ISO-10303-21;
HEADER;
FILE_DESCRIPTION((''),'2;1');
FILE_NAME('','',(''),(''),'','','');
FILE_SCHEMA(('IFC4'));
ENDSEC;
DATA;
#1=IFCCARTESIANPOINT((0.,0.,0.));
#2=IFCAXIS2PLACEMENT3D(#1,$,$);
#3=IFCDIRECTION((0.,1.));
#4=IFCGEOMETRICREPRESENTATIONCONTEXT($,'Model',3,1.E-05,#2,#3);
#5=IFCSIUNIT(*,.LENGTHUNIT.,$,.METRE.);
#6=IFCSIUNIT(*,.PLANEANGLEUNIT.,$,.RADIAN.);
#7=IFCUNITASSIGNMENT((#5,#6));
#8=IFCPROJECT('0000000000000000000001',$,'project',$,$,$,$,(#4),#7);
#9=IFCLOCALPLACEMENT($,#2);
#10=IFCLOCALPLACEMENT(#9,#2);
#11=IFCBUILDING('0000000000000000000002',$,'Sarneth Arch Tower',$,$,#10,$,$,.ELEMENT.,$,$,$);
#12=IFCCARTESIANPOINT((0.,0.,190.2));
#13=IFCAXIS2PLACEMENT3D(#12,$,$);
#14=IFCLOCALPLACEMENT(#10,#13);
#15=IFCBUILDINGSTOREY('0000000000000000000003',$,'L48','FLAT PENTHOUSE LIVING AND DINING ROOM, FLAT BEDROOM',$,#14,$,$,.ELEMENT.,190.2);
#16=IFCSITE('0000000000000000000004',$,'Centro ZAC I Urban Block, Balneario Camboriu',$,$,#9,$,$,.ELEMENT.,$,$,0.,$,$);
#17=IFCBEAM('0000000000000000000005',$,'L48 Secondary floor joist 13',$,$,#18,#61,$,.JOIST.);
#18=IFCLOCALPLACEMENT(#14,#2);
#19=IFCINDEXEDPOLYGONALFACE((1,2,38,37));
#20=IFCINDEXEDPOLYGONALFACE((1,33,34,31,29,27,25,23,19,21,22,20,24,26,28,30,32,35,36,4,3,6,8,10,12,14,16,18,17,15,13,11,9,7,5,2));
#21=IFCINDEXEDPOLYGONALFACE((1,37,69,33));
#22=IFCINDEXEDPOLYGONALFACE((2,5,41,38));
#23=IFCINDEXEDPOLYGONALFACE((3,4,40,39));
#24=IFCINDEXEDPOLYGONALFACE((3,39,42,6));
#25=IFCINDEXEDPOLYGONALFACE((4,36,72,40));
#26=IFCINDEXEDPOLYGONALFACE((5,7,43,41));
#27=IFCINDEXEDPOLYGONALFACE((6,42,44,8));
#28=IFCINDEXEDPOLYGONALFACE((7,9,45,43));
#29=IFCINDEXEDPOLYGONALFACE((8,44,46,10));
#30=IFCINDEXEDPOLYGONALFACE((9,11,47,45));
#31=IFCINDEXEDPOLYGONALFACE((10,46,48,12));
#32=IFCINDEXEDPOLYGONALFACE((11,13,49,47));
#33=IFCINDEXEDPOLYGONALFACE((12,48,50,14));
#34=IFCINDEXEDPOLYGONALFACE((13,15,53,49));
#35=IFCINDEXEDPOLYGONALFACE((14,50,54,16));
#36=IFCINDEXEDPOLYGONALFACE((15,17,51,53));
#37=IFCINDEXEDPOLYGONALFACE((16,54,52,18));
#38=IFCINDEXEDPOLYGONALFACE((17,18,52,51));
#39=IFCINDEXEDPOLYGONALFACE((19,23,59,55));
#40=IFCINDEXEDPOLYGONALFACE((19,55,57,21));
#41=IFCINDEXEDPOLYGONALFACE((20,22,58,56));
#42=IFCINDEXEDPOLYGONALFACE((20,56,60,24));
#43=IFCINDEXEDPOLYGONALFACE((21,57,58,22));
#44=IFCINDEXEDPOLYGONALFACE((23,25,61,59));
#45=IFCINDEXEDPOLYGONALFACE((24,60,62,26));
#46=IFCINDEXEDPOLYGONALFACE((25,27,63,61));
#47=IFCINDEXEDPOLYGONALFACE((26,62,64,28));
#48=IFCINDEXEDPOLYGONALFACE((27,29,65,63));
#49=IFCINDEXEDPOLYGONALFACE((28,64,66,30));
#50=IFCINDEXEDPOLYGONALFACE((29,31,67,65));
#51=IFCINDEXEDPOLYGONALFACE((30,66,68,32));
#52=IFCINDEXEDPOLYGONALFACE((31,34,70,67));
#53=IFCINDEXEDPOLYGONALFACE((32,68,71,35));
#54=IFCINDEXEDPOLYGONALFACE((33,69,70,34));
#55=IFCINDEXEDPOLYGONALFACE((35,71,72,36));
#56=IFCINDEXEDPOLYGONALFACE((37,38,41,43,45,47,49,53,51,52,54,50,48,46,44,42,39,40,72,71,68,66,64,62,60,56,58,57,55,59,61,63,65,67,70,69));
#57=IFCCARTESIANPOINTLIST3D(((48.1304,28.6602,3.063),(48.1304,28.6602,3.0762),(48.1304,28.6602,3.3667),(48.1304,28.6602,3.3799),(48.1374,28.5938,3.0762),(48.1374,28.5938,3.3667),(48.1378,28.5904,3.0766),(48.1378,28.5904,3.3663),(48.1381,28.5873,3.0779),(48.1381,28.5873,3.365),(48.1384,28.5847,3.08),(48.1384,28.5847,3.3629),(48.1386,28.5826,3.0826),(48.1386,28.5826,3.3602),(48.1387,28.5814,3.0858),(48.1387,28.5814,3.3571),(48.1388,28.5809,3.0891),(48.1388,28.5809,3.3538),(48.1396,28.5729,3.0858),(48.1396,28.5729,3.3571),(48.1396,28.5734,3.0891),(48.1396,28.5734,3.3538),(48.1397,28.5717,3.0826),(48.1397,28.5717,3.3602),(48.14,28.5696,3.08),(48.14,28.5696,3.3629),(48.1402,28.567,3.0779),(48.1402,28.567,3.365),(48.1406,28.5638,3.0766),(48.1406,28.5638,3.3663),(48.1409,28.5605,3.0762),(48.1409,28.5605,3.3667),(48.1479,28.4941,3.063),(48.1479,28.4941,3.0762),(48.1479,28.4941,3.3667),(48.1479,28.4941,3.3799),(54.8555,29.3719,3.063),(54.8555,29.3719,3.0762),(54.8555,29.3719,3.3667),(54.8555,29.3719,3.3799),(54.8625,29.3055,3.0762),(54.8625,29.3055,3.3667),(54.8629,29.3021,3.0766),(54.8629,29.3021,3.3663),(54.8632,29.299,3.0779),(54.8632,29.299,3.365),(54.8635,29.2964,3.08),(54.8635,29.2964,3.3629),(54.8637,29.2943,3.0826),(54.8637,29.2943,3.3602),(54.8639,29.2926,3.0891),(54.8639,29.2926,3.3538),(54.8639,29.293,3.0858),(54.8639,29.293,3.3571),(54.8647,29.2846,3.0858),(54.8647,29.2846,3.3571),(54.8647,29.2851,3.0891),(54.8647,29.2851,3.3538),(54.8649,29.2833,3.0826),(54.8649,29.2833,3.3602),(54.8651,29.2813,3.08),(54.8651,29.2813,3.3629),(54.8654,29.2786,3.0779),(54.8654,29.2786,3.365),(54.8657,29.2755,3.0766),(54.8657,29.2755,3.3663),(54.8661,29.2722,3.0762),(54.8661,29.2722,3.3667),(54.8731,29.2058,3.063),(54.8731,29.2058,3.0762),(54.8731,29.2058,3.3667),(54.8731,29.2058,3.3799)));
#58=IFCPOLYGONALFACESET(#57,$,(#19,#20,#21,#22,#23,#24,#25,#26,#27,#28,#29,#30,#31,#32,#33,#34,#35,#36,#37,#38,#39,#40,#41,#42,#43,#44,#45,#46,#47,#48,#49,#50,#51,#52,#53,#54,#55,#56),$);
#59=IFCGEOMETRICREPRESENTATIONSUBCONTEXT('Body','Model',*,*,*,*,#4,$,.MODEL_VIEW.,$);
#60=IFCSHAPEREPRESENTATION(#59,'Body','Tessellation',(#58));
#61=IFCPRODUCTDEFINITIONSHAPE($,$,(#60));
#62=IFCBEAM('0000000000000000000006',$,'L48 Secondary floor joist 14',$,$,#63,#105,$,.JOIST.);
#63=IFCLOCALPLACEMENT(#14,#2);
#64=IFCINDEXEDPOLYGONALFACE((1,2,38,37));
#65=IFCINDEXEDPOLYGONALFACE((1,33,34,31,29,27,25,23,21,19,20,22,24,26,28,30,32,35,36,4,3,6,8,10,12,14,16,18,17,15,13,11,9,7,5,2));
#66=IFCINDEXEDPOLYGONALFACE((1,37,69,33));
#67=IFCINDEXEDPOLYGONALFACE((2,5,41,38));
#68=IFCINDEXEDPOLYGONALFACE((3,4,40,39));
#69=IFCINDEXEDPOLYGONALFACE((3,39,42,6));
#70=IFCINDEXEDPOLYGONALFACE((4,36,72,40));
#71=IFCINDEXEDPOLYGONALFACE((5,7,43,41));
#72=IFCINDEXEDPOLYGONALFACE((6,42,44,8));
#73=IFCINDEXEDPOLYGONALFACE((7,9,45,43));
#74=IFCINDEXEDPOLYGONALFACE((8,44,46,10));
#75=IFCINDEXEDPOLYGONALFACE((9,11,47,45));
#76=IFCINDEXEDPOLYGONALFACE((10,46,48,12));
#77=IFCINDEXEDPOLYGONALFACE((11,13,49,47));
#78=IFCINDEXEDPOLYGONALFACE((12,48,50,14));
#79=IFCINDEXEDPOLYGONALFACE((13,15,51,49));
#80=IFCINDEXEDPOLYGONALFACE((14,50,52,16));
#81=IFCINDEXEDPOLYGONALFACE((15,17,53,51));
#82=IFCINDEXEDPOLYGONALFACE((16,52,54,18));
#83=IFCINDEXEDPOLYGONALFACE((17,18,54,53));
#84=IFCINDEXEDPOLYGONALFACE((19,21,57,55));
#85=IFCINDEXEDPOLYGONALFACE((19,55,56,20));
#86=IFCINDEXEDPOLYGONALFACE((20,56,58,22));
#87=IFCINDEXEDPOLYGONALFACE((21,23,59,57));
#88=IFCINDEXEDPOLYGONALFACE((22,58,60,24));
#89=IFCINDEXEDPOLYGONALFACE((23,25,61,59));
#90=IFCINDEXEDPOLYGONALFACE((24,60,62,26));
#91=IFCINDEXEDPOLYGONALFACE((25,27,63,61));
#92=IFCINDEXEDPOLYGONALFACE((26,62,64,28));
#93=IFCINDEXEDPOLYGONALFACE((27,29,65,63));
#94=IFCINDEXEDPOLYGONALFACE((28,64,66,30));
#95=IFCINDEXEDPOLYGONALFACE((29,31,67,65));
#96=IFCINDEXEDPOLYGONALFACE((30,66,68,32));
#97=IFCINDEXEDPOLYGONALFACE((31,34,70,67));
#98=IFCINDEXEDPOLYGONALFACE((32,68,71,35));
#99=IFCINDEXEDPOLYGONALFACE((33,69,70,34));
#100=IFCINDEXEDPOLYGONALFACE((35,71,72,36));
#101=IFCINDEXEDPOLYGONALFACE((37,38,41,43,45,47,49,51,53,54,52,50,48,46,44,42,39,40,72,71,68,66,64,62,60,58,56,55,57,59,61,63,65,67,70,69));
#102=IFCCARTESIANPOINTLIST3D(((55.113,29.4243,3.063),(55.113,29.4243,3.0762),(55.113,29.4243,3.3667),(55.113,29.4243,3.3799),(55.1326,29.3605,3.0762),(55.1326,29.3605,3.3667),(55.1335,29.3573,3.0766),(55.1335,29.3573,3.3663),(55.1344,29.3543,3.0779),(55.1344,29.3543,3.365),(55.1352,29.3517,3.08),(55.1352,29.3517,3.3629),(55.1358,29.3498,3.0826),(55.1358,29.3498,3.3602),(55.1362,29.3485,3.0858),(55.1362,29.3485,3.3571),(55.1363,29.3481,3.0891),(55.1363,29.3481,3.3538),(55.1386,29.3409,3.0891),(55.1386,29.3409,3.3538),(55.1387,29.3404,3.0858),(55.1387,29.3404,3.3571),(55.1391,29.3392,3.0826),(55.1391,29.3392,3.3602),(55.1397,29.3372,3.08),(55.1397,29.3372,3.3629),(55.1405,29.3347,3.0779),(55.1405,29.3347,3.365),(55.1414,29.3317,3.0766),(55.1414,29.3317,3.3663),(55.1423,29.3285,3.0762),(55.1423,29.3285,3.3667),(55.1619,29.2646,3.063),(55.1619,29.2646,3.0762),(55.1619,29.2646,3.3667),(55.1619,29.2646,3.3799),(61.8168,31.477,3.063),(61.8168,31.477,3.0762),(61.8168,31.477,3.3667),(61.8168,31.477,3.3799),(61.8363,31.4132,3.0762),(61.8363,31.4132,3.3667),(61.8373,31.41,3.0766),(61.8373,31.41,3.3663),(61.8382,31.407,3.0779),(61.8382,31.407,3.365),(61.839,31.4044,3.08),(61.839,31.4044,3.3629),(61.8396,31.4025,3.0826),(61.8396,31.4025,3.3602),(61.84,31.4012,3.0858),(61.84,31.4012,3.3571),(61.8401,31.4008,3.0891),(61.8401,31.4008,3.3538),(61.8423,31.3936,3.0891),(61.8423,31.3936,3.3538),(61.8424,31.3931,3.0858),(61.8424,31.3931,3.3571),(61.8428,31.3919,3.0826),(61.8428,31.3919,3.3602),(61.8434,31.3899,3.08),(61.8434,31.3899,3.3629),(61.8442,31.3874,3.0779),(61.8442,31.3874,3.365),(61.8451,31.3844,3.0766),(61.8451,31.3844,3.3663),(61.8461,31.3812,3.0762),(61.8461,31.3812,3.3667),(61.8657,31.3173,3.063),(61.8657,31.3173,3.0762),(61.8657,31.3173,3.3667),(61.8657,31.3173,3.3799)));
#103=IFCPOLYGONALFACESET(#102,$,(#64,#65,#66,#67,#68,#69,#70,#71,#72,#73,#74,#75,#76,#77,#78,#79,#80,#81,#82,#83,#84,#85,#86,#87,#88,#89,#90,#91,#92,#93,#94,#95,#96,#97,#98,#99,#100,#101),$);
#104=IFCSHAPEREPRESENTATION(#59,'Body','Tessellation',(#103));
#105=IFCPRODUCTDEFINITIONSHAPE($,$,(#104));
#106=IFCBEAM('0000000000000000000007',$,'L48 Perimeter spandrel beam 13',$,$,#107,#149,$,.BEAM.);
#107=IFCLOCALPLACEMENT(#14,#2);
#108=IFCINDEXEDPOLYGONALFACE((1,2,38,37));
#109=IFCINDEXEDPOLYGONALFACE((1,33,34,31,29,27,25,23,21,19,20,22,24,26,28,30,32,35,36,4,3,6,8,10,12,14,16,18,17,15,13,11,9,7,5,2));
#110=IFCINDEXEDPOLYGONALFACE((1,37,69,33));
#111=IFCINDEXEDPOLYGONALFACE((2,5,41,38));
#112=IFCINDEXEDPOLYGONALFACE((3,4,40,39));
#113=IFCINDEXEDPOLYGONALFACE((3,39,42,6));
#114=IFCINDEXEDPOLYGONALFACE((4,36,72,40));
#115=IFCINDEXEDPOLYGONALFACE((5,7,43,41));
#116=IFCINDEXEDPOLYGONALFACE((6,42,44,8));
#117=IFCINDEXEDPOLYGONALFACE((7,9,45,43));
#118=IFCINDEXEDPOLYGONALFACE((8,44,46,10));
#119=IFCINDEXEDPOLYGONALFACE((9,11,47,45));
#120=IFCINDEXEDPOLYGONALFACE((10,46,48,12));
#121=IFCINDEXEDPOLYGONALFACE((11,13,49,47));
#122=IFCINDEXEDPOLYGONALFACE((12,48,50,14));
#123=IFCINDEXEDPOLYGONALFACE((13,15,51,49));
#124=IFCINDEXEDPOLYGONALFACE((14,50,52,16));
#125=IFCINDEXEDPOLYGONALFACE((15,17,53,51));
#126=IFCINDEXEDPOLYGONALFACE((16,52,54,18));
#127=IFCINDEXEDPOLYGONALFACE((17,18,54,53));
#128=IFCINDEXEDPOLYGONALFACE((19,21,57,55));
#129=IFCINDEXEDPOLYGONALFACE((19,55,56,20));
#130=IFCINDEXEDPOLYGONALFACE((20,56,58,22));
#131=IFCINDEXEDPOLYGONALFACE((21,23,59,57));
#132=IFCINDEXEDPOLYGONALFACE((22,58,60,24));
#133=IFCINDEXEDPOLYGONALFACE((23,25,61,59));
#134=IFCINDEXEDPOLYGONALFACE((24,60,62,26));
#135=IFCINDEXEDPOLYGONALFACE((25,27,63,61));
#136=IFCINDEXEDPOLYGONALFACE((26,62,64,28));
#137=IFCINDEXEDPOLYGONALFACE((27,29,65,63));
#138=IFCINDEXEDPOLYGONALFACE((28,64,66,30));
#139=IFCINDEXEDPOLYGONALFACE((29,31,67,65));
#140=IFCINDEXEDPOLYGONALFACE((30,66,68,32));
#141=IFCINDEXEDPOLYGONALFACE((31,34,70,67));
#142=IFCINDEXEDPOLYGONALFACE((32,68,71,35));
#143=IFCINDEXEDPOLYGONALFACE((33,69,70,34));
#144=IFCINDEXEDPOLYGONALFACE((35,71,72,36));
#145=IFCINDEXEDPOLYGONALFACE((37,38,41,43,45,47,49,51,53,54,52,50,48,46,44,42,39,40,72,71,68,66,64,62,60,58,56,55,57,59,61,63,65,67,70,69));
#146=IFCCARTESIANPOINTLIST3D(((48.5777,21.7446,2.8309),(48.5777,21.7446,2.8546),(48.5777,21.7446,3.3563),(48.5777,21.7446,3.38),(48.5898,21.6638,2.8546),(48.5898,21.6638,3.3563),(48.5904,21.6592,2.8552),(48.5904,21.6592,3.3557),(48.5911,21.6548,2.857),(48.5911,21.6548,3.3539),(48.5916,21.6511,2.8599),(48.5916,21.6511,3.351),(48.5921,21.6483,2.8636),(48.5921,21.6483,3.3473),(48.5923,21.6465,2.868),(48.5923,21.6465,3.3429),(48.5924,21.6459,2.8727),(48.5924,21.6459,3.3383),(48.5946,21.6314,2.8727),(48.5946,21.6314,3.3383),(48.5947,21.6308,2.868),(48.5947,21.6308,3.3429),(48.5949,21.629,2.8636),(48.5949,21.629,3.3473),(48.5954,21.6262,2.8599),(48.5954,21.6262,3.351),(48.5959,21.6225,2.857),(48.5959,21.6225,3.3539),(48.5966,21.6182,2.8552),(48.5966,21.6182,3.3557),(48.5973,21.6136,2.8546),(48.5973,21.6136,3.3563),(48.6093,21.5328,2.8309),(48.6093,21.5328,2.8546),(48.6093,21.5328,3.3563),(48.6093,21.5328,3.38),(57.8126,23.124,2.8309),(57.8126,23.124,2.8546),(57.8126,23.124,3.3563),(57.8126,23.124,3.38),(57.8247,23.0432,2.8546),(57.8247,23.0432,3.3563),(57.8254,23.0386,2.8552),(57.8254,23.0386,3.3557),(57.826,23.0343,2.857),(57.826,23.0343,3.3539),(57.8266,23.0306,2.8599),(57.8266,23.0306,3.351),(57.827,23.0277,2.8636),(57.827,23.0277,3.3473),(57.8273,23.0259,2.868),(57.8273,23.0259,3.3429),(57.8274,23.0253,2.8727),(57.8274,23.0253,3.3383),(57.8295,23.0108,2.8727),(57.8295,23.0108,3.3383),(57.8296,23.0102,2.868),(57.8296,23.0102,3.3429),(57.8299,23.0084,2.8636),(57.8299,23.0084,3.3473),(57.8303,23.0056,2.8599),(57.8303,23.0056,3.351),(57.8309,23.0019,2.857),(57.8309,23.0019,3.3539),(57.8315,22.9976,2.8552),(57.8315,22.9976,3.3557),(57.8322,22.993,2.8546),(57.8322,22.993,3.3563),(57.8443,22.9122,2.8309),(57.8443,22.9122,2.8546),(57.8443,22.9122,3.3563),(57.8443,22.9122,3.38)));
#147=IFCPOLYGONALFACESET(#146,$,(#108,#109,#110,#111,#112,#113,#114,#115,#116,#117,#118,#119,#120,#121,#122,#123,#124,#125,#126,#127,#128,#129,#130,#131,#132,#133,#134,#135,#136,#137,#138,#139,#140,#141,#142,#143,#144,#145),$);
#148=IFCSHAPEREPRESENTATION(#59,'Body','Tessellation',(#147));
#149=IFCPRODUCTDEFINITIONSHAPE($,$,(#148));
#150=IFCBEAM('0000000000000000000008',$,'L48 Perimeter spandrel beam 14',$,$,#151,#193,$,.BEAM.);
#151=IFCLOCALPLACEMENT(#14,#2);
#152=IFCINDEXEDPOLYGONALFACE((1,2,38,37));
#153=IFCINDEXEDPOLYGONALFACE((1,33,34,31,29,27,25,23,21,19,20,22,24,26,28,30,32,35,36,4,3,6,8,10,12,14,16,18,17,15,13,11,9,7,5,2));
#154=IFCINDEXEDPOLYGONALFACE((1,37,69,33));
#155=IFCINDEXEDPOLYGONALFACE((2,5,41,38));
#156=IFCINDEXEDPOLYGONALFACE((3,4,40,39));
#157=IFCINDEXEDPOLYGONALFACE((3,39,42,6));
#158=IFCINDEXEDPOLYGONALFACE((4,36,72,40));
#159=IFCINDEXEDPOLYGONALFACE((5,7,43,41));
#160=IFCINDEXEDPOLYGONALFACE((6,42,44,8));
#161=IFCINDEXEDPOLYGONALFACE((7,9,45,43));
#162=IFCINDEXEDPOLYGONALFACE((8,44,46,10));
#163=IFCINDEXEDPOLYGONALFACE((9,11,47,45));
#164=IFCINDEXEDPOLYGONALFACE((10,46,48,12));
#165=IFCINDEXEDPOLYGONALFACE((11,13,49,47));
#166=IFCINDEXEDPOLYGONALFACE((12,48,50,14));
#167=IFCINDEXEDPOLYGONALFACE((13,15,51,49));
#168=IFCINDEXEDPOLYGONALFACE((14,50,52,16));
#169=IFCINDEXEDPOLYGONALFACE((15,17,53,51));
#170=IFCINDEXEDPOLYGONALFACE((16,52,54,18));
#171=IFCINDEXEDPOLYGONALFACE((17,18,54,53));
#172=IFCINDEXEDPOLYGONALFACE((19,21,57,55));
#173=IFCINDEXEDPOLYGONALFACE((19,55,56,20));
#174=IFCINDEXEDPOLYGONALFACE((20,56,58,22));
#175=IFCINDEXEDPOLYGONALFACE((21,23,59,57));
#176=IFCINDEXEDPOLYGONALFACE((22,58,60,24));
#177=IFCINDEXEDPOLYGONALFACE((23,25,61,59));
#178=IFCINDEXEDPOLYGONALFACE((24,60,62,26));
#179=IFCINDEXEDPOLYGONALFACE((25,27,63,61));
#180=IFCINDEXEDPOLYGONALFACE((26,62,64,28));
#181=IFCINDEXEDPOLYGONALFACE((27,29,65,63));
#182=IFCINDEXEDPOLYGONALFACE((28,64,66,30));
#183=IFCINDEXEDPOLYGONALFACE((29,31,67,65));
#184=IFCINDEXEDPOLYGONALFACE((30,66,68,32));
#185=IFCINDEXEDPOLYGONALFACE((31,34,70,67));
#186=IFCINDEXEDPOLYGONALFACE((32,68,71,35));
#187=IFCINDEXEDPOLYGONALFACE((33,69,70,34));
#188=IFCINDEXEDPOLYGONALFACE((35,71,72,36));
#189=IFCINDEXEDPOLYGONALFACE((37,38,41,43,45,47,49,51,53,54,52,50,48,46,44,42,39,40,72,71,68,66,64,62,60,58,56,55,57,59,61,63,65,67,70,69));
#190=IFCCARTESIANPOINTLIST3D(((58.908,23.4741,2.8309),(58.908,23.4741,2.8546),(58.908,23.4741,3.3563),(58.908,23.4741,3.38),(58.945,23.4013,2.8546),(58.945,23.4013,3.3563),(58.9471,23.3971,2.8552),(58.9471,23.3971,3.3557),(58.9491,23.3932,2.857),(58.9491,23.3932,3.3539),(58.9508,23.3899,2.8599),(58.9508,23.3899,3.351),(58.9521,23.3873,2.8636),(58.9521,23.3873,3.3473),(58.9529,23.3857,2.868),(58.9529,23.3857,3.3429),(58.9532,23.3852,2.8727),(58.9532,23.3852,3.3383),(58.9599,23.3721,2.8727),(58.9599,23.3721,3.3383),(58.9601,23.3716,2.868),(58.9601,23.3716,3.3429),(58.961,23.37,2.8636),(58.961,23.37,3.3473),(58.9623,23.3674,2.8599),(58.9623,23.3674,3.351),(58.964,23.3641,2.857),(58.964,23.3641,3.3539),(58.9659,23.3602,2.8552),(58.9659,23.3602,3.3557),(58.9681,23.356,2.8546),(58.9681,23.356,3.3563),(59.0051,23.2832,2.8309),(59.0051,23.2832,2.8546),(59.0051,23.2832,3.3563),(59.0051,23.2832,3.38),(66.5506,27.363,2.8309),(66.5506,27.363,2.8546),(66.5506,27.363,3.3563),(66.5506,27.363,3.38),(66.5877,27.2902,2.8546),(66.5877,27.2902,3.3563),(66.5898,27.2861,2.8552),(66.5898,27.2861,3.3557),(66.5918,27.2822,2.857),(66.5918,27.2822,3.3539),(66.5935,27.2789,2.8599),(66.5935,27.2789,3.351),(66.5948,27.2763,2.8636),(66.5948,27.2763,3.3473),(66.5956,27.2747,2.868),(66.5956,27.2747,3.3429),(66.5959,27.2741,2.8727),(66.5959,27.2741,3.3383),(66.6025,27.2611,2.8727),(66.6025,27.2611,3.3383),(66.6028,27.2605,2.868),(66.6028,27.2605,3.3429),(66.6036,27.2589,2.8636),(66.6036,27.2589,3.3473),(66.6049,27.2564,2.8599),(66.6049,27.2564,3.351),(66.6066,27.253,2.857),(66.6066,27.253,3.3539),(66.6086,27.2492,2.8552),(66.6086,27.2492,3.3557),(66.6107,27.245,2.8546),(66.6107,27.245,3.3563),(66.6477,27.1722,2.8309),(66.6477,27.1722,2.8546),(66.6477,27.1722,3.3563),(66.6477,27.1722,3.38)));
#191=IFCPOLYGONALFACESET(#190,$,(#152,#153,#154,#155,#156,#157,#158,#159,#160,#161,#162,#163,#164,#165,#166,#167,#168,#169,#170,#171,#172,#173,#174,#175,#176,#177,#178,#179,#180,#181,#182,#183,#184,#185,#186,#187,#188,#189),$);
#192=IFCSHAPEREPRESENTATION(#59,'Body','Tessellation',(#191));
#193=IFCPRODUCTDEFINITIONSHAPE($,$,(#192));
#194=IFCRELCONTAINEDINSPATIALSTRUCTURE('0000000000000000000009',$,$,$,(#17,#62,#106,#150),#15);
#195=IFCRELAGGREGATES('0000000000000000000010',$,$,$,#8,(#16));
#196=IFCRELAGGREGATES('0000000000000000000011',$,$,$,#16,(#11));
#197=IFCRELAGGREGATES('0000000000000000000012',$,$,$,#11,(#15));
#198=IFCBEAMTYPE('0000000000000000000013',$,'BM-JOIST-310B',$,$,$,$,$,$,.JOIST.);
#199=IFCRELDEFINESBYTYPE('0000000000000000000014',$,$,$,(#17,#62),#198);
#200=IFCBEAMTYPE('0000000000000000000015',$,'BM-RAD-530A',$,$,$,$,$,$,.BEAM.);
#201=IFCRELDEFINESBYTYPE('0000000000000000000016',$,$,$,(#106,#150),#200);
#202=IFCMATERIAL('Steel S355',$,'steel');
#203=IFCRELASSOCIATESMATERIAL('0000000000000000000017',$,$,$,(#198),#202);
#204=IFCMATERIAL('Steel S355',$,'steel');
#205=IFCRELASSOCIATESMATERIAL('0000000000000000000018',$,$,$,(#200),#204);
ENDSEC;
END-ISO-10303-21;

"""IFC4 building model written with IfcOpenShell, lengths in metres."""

from ifc_helpers import new_model, si_unit, direction, frame, origin, origin_2d, place, context, subcontext, project, spatial, i_section, extrude, material, material_profile, profile_set, type_object, element, save


model = new_model("IFC4")

# Units and contexts
model_context = context("Model", 3, precision=1e-05, world=origin(), true_north=direction((0.0, 1.0)))
body_context = subcontext(model_context, "Body", "Model", "MODEL_VIEW")
ifc_project = project(units=[si_unit("LENGTHUNIT", "METRE"), si_unit("PLANEANGLEUNIT", "RADIAN")], contexts=[model_context])

# Site, building, storey
site_placement = place(None, origin())
site = spatial("IfcSite", under=ifc_project, at=site_placement, Name="Centro ZAC I Urban Block, Balneario Camboriu", CompositionType="ELEMENT", RefElevation=0.0)
building_placement = place(site_placement, origin())
building = spatial("IfcBuilding", under=site, at=building_placement, Name="Sarneth Arch Tower", CompositionType="ELEMENT")
storey_placement = place(building_placement, frame((0.0, 0.0, 190.2)))
storey = spatial("IfcBuildingStorey", under=building, at=storey_placement, Name="L48", Description="FLAT PENTHOUSE LIVING AND DINING ROOM, FLAT BEDROOM", CompositionType="ELEMENT", Elevation=190.2)

# Beams
ifc_material_1 = material(Name="Steel S355", Category="steel")
ifc_material_profile_1 = material_profile(ifc_material_1, i_section(OverallWidth=0.167, OverallDepth=0.3169, WebThickness=0.0076, FlangeThickness=0.0132, FilletRadius=0.0129, at=origin_2d()), Name="W310x52")
ifc_profile_set_1 = profile_set([ifc_material_profile_1], Name="Steel S355")
beam_type_1 = type_object("IfcBeamType", Name="BM-JOIST-310B", PredefinedType="JOIST", material=ifc_profile_set_1)
beam_1_placement = place(storey_placement, frame((48.1392, 28.5771, 3.2214), z_axis=(0.994447, 0.105235, 0.0), x_axis=(-0.105235, 0.994447, 0.0)))
element("IfcBeam", 1, at=beam_1_placement, inside=storey, type_object=beam_type_1, Name="L48 Secondary floor joist 13", PredefinedType="JOIST", context=body_context, shape_type="SweptSolid", body=[
    extrude(i_section(OverallWidth=0.167, OverallDepth=0.3169, WebThickness=0.0076, FlangeThickness=0.0132, FilletRadius=0.0129, at=origin_2d()), origin(), (0.0, 0.0, 1.0), 6.7627),
])
beam_2_placement = place(storey_placement, frame((55.1375, 29.3445, 3.2214), z_axis=(0.956179, 0.292784, 0.0), x_axis=(-0.292784, 0.956179, 0.0)))
element("IfcBeam", 2, at=beam_2_placement, inside=storey, type_object=beam_type_1, Name="L48 Secondary floor joist 14", PredefinedType="JOIST", context=body_context, shape_type="SweptSolid", body=[
    extrude(i_section(OverallWidth=0.167, OverallDepth=0.3169, WebThickness=0.0076, FlangeThickness=0.0132, FilletRadius=0.0129, at=origin_2d()), origin(), (0.0, 0.0, 1.0), 7.011),
])
ifc_material_2 = material(Name="Steel S355", Category="steel")
ifc_material_profile_2 = material_profile(ifc_material_2, i_section(OverallWidth=0.2141, OverallDepth=0.5491, WebThickness=0.0146, FlangeThickness=0.0237, FilletRadius=0.0181, at=origin_2d()), Name="W530x138")
ifc_profile_set_2 = profile_set([ifc_material_profile_2], Name="Steel S355")
beam_type_2 = type_object("IfcBeamType", Name="BM-RAD-530A", PredefinedType="BEAM", material=ifc_profile_set_2)
beam_3_placement = place(storey_placement, frame((48.5935, 21.6387, 3.1055), z_axis=(0.989028, 0.147729, 0.0), x_axis=(-0.147729, 0.989028, 0.0)))
element("IfcBeam", 3, at=beam_3_placement, inside=storey, type_object=beam_type_2, Name="L48 Perimeter spandrel beam 13", PredefinedType="BEAM", context=body_context, shape_type="SweptSolid", body=[
    extrude(i_section(OverallWidth=0.2141, OverallDepth=0.5491, WebThickness=0.0146, FlangeThickness=0.0237, FilletRadius=0.0181, at=origin_2d()), origin(), (0.0, 0.0, 1.0), 9.3374),
])
beam_4_placement = place(storey_placement, frame((58.9565, 23.3787, 3.1055), z_axis=(0.89125, 0.453512, 0.0), x_axis=(-0.453512, 0.89125, 0.0)))
element("IfcBeam", 4, at=beam_4_placement, inside=storey, type_object=beam_type_2, Name="L48 Perimeter spandrel beam 14", PredefinedType="BEAM", context=body_context, shape_type="SweptSolid", body=[
    extrude(i_section(OverallWidth=0.2141, OverallDepth=0.5491, WebThickness=0.0146, FlangeThickness=0.0237, FilletRadius=0.0181, at=origin_2d()), origin(), (0.0, 0.0, 1.0), 8.5752),
])

save(model, "model.ifc")
